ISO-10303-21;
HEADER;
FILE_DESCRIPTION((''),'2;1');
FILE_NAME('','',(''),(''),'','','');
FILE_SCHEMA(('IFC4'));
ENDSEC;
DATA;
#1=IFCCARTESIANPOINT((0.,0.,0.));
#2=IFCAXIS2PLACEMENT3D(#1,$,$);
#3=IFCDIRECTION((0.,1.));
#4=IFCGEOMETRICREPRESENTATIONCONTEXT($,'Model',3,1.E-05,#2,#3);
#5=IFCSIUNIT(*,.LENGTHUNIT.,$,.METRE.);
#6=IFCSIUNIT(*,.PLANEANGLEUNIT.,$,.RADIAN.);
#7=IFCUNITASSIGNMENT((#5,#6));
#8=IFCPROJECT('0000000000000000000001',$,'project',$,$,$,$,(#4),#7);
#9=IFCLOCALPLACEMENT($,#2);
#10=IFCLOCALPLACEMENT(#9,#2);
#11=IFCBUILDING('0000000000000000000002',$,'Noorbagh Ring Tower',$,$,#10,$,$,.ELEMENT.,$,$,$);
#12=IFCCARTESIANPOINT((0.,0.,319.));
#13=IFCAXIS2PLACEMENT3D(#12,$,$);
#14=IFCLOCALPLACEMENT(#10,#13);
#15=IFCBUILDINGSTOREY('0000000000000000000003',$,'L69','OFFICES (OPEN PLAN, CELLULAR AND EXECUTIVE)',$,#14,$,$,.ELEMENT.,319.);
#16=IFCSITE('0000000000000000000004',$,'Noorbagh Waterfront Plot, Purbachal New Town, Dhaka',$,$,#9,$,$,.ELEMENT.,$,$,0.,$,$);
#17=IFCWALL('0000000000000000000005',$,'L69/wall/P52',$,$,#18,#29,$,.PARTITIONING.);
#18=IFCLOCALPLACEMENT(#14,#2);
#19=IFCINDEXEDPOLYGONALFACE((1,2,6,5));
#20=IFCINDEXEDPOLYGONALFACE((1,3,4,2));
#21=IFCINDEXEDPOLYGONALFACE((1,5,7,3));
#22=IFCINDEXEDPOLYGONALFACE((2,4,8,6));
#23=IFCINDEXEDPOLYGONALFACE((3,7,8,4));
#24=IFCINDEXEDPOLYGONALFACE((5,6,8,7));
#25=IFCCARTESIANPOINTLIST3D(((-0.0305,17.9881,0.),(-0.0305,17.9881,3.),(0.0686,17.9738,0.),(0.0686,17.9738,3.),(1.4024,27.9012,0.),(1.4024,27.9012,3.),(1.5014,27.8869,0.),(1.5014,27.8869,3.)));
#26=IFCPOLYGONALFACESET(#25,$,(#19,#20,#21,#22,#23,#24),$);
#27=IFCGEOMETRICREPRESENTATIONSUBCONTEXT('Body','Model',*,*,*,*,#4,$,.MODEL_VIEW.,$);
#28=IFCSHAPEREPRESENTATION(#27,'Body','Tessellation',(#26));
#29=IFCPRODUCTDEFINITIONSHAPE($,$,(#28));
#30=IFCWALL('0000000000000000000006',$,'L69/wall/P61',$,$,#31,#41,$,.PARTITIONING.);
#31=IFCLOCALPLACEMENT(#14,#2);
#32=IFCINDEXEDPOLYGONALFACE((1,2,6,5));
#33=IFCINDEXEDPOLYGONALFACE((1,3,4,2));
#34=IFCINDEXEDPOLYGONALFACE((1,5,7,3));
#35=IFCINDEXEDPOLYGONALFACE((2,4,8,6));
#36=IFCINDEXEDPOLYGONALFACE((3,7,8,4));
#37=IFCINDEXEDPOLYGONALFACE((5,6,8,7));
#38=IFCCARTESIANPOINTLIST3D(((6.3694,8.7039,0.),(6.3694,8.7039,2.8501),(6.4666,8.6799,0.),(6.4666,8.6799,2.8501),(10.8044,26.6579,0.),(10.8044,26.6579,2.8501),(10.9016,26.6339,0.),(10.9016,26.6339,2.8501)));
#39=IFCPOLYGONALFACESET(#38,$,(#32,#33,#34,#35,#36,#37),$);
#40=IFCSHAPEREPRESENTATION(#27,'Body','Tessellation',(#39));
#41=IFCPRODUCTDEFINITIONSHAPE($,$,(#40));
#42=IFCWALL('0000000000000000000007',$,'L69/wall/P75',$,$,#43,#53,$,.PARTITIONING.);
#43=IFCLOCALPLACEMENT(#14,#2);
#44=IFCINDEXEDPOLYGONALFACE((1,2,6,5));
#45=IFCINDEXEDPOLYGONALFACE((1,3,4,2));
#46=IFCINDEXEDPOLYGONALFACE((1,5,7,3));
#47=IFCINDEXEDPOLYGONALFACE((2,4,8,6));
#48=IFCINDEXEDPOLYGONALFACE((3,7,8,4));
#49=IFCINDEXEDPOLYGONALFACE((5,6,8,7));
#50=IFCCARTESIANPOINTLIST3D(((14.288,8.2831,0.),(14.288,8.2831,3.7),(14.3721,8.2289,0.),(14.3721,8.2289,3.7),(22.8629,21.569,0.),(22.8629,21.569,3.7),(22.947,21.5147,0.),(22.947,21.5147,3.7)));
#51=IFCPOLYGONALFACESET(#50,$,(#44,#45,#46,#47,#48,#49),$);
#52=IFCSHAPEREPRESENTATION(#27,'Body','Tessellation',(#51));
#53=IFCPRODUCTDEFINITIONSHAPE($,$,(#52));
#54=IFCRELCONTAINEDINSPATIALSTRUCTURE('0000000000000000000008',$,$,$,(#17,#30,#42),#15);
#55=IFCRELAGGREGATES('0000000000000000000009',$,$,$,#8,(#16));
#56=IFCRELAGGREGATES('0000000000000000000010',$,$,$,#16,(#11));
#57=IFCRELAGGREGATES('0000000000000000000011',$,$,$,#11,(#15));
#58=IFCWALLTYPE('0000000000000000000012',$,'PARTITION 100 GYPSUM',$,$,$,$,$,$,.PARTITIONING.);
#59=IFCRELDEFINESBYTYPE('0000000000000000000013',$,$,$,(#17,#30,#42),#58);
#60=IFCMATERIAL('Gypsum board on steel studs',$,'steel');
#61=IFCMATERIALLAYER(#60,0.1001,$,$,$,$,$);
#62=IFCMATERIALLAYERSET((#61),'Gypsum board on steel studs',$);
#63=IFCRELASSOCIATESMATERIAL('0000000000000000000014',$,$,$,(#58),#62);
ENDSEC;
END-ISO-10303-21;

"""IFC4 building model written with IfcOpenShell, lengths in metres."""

from ifc_helpers import new_model, si_unit, direction, frame, frame_2d, origin, place, context, subcontext, project, spatial, rectangle, extrude, material, layer, layer_set, type_object, element, save


model = new_model("IFC4")

# Units and contexts
model_context = context("Model", 3, precision=1e-05, world=origin(), true_north=direction((0.0, 1.0)))
body_context = subcontext(model_context, "Body", "Model", "MODEL_VIEW")
ifc_project = project(units=[si_unit("LENGTHUNIT", "METRE"), si_unit("PLANEANGLEUNIT", "RADIAN")], contexts=[model_context])

# Site, building, storey
site_placement = place(None, origin())
site = spatial("IfcSite", under=ifc_project, at=site_placement, Name="Noorbagh Waterfront Plot, Purbachal New Town, Dhaka", CompositionType="ELEMENT", RefElevation=0.0)
building_placement = place(site_placement, origin())
building = spatial("IfcBuilding", under=site, at=building_placement, Name="Noorbagh Ring Tower", CompositionType="ELEMENT")
storey_placement = place(building_placement, frame((0.0, 0.0, 319.0)))
storey = spatial("IfcBuildingStorey", under=building, at=storey_placement, Name="L69", Description="OFFICES (OPEN PLAN, CELLULAR AND EXECUTIVE)", CompositionType="ELEMENT", Elevation=319.0)

# Walls
ifc_material_1 = material(Name="Gypsum board on steel studs", Category="steel")
ifc_layer_1 = layer(ifc_material_1, 0.1001)
ifc_layer_set_1 = layer_set([ifc_layer_1], Name="Gypsum board on steel studs")
wall_type_1 = type_object("IfcWallType", Name="PARTITION 100 GYPSUM", PredefinedType="PARTITIONING", material=ifc_layer_set_1)
wall_1_placement = place(storey_placement, frame((0.019, 17.981, 0.0), z_axis=(0.0, 0.0, 1.0), x_axis=(0.143056, 0.989715, 0.0)))
element("IfcWall", 1, at=wall_1_placement, inside=storey, type_object=wall_type_1, Name="L69/wall/P52", PredefinedType="PARTITIONING", context=body_context, shape_type="SweptSolid", body=[
    extrude(rectangle(XDim=10.0161, YDim=0.1001, at=frame_2d((5.0081, 0.0))), origin(), (0.0, 0.0, 1.0), 3.0),
])
wall_2_placement = place(storey_placement, frame((6.418, 8.6919, 0.0), z_axis=(0.0, 0.0, 1.0), x_axis=(0.239814, 0.970819, 0.0)))
element("IfcWall", 2, at=wall_2_placement, inside=storey, type_object=wall_type_1, Name="L69/wall/P61", PredefinedType="PARTITIONING", context=body_context, shape_type="SweptSolid", body=[
    extrude(rectangle(XDim=18.4937, YDim=0.1001, at=frame_2d((9.2468, 0.0))), origin(), (0.0, 0.0, 1.0), 2.8501),
])
wall_3_placement = place(storey_placement, frame((14.3301, 8.2561, 0.0), z_axis=(0.0, 0.0, 1.0), x_axis=(0.542279, 0.840198, 0.0)))
element("IfcWall", 3, at=wall_3_placement, inside=storey, type_object=wall_type_1, Name="L69/wall/P75", PredefinedType="PARTITIONING", context=body_context, shape_type="SweptSolid", body=[
    extrude(rectangle(XDim=15.8127, YDim=0.1001, at=frame_2d((7.9062, 0.0))), origin(), (0.0, 0.0, 1.0), 3.7),
])

save(model, "model.ifc")
